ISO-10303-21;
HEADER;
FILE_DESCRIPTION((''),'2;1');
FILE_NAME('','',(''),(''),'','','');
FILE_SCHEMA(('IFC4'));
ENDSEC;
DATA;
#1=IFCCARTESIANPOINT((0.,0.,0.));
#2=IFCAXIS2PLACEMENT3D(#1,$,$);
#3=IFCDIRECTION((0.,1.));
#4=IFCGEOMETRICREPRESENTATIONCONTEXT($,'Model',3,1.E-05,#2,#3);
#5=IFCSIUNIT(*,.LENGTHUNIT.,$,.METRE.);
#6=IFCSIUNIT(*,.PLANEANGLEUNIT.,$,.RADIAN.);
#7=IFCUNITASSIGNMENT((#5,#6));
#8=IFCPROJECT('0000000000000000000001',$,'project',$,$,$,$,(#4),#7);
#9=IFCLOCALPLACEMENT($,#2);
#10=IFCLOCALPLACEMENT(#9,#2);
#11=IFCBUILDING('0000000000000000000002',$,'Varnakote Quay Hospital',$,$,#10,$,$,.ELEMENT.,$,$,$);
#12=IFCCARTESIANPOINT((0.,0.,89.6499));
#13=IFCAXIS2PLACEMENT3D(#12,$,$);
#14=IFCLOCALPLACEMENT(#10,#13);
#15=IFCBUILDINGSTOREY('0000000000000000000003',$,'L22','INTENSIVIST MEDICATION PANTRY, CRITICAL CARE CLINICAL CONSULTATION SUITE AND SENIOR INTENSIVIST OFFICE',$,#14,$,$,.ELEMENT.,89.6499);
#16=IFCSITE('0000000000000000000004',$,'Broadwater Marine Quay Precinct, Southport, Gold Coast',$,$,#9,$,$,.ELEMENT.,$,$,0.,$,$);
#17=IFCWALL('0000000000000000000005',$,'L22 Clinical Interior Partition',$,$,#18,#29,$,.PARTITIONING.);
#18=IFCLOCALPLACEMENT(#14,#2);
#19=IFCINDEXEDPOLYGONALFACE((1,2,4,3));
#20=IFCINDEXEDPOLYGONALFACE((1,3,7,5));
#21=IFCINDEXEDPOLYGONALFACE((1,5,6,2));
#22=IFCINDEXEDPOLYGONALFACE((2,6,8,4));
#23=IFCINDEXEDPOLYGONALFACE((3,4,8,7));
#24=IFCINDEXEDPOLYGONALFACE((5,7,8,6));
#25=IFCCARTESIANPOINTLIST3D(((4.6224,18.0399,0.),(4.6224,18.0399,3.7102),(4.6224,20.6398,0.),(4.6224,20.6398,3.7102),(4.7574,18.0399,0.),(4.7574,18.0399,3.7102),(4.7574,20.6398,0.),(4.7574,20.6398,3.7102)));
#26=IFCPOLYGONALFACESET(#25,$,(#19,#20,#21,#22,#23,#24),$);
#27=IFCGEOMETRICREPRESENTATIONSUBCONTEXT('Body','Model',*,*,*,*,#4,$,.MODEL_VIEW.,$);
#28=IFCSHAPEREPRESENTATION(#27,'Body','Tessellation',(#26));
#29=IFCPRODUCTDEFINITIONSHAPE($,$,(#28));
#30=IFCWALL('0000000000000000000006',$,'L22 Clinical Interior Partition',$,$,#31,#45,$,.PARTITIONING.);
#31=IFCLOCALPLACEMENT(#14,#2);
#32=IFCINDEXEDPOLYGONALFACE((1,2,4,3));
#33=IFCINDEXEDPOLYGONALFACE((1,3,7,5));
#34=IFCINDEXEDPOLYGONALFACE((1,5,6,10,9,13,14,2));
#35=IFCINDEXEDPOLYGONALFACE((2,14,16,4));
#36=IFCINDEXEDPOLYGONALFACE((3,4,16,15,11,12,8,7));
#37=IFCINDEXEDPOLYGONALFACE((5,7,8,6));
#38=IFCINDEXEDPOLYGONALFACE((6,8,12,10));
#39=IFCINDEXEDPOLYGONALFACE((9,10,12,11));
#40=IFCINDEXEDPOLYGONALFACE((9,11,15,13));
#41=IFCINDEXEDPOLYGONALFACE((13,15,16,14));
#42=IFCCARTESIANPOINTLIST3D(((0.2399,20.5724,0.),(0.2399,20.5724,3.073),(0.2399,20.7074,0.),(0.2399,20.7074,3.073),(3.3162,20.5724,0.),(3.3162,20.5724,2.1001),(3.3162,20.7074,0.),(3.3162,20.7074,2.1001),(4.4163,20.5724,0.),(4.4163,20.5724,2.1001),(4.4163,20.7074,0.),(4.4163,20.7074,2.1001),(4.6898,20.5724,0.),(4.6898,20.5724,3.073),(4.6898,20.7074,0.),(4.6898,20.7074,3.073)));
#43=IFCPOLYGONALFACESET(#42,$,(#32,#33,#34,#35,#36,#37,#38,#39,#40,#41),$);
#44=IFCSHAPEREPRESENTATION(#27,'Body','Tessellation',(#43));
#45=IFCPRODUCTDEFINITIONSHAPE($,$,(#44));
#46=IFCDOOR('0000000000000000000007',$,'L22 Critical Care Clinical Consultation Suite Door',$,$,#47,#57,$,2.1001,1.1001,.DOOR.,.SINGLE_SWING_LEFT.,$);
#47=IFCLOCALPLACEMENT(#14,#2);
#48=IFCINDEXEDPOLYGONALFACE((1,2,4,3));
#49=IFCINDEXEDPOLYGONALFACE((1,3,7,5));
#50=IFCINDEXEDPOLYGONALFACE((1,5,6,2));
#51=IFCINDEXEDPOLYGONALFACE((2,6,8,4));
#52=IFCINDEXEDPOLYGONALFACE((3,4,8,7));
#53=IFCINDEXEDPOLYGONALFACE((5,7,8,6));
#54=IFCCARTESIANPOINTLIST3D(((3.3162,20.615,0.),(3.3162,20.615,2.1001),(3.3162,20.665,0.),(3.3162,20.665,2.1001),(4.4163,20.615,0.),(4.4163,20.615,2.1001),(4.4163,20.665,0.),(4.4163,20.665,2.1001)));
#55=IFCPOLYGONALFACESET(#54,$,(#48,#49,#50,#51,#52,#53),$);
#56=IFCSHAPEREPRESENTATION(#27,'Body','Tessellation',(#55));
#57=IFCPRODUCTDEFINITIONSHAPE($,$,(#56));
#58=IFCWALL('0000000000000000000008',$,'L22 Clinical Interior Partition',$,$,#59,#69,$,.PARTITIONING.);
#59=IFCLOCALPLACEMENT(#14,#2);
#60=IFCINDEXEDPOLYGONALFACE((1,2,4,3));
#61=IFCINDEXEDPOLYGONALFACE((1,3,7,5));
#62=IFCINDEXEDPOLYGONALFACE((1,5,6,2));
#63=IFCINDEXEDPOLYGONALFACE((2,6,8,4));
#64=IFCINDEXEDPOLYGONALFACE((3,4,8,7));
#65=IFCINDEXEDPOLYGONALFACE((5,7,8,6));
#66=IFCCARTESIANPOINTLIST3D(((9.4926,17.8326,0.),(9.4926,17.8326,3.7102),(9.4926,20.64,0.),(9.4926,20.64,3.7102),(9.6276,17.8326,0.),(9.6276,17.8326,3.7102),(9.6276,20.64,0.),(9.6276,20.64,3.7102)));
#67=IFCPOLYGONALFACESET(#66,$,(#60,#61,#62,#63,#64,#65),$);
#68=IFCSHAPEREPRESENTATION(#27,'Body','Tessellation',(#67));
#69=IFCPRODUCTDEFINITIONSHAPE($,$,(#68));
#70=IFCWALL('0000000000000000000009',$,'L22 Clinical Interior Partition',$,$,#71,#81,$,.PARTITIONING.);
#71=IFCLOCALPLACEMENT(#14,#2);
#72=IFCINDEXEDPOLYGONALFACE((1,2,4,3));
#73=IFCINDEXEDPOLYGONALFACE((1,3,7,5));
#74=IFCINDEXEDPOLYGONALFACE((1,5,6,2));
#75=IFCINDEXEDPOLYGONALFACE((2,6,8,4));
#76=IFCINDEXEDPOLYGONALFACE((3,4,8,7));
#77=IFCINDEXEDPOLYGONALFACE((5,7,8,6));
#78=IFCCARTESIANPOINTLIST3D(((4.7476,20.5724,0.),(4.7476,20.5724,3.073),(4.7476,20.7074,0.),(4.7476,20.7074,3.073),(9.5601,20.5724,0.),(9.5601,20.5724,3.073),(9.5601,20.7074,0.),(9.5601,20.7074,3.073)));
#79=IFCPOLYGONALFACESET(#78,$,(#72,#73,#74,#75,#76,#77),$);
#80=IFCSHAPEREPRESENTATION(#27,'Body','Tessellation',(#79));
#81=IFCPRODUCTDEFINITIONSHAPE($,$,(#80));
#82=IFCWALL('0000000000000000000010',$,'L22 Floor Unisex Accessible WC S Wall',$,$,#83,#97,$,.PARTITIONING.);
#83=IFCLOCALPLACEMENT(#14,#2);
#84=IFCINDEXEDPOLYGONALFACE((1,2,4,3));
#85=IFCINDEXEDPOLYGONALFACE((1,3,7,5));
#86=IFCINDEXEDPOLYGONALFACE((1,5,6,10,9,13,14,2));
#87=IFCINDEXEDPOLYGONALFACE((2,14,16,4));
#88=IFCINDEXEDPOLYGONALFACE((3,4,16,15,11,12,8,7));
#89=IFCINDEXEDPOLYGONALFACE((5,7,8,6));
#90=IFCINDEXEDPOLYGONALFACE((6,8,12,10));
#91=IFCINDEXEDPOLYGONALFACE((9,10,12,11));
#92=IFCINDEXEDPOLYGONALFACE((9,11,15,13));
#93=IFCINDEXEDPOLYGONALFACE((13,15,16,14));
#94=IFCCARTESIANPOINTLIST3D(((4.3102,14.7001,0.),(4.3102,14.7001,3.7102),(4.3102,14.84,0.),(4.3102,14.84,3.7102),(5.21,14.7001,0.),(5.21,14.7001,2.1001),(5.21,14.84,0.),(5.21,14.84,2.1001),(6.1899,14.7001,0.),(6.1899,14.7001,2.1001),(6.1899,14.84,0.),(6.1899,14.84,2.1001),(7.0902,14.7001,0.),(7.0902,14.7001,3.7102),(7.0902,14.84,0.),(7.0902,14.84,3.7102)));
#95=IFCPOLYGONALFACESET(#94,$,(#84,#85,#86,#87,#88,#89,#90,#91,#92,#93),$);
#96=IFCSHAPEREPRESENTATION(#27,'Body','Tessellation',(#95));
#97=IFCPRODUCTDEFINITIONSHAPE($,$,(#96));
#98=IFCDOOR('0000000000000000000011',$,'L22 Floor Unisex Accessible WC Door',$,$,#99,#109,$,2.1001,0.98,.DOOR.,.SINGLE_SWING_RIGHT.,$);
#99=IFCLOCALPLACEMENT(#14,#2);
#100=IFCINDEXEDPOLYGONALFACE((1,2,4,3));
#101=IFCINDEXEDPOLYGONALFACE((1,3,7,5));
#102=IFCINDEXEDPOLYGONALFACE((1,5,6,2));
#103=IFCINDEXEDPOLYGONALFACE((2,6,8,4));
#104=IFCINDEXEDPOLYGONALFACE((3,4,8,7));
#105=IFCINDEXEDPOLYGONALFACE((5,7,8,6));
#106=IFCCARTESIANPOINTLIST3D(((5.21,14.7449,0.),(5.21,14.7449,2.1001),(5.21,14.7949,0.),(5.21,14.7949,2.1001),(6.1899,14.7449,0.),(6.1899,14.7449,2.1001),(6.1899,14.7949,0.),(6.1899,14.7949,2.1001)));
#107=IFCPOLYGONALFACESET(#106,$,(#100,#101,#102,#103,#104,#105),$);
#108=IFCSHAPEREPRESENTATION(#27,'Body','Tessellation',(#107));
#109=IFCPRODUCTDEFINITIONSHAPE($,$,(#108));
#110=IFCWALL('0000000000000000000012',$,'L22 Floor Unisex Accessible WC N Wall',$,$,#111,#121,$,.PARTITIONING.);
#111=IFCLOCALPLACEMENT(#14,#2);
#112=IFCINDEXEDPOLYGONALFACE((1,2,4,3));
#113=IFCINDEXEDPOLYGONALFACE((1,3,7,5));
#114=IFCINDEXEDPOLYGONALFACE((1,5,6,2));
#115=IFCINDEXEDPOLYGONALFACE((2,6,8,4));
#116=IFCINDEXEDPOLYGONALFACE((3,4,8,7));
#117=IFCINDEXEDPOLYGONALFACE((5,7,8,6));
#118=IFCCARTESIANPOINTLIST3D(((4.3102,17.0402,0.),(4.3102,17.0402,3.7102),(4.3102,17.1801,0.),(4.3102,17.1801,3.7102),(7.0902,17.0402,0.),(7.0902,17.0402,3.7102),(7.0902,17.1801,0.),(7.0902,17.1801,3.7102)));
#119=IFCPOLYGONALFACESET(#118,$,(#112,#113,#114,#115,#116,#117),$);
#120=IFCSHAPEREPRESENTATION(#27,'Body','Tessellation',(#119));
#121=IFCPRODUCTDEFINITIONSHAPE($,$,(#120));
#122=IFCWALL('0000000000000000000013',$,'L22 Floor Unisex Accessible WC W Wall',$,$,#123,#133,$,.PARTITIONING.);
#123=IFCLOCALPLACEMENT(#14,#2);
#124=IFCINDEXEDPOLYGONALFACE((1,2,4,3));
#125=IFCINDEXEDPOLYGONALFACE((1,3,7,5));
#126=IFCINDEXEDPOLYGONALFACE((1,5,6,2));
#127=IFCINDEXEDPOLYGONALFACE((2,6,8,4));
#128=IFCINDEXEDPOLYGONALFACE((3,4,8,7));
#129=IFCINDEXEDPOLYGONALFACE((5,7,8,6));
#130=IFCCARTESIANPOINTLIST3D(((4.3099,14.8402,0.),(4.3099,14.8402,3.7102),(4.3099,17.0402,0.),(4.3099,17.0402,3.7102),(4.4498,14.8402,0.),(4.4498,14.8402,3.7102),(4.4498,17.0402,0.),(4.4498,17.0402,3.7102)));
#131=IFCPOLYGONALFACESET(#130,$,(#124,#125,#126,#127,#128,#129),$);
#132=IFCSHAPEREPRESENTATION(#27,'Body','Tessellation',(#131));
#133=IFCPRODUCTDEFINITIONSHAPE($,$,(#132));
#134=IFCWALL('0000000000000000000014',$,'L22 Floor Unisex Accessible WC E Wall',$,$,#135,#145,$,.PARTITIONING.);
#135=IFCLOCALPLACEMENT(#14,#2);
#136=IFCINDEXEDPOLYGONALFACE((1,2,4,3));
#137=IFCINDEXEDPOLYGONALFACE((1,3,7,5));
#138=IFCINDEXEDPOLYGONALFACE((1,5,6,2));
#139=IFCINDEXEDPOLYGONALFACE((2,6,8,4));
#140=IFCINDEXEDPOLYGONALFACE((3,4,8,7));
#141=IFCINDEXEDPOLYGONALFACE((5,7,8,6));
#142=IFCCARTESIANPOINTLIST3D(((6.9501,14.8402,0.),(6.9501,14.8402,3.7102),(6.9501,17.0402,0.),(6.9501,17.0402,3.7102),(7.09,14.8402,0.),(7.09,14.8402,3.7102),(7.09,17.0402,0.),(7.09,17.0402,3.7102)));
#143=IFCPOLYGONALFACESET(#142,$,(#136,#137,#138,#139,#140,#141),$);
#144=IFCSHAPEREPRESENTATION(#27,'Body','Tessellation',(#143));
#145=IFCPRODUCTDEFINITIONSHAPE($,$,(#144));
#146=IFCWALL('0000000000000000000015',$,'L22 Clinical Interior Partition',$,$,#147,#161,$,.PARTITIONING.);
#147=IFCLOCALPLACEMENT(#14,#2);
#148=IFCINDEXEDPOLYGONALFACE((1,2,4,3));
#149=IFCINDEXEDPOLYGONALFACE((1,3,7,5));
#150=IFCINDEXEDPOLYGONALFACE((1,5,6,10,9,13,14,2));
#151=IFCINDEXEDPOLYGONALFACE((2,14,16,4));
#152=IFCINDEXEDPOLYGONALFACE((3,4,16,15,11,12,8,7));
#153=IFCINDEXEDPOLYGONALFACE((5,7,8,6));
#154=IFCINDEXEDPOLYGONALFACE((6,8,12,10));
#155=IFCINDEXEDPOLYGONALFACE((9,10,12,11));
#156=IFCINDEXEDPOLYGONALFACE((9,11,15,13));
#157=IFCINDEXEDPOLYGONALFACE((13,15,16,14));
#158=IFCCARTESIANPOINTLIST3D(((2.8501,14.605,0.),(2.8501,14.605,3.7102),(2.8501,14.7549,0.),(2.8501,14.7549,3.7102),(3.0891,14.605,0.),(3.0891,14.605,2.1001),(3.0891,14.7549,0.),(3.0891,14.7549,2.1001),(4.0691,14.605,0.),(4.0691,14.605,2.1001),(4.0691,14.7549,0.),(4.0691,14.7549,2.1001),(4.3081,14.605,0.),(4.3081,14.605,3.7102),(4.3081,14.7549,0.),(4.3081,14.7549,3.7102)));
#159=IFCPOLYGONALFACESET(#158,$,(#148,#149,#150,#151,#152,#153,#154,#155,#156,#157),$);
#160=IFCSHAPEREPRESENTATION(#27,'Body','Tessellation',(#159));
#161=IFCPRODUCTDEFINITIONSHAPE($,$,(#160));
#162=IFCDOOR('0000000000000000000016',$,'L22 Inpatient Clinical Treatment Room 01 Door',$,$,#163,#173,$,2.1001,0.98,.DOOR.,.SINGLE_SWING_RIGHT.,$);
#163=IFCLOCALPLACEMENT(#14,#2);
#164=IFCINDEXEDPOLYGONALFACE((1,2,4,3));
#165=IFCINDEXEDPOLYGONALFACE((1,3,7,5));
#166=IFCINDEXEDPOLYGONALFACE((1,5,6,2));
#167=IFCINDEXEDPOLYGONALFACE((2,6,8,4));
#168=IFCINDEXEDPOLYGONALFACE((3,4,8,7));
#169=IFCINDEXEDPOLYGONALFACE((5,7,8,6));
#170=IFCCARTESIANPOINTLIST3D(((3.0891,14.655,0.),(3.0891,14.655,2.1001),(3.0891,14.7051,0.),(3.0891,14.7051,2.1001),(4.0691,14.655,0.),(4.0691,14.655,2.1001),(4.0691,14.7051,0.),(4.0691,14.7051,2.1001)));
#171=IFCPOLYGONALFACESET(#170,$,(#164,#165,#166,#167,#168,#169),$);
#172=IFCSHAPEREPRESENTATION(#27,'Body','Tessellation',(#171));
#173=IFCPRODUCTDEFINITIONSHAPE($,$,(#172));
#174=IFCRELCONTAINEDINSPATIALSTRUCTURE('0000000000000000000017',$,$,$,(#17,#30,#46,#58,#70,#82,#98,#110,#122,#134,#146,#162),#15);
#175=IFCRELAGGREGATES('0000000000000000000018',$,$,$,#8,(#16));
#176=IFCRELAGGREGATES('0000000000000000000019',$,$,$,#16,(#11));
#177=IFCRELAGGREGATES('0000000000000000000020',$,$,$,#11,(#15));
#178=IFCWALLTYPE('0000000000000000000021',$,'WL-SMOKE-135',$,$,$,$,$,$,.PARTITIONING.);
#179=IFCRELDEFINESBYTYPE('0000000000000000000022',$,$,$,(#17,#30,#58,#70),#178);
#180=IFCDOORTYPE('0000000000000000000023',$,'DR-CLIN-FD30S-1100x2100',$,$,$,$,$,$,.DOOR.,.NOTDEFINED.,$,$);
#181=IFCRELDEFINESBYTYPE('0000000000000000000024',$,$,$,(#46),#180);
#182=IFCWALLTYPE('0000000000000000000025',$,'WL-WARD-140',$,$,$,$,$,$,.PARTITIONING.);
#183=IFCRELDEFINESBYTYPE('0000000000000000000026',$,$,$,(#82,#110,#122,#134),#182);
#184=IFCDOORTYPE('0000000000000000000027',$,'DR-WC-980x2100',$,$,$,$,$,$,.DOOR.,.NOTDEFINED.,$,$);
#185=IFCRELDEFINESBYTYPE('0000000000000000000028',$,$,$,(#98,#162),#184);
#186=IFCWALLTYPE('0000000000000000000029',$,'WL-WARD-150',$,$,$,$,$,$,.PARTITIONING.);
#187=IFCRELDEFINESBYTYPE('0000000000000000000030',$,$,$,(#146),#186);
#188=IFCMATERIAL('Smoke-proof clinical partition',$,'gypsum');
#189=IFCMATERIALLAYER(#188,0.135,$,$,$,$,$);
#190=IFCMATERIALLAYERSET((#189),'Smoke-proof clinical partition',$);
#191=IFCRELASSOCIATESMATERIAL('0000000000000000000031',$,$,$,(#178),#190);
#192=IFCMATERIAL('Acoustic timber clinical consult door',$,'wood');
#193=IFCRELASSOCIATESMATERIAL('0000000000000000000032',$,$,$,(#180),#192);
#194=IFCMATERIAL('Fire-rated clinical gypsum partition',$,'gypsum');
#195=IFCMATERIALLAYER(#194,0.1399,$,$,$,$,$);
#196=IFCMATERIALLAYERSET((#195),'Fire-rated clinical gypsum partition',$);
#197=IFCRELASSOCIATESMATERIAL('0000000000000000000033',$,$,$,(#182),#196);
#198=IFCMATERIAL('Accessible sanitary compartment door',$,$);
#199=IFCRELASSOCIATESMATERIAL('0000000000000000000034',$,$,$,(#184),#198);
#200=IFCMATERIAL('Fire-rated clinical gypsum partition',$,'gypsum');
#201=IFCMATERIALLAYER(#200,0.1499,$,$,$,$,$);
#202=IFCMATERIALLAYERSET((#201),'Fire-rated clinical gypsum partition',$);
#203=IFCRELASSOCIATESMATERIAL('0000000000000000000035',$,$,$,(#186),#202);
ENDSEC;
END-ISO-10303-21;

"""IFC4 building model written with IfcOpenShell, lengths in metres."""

from ifc_helpers import new_model, si_unit, direction, frame, frame_2d, origin, place, context, subcontext, project, spatial, rectangle, extrude, material, layer, layer_set, type_object, element, fill, save


model = new_model("IFC4")

# Units and contexts
model_context = context("Model", 3, precision=1e-05, world=origin(), true_north=direction((0.0, 1.0)))
body_context = subcontext(model_context, "Body", "Model", "MODEL_VIEW")
ifc_project = project(units=[si_unit("LENGTHUNIT", "METRE"), si_unit("PLANEANGLEUNIT", "RADIAN")], contexts=[model_context])

# Site, building, storey
site_placement = place(None, origin())
site = spatial("IfcSite", under=ifc_project, at=site_placement, Name="Broadwater Marine Quay Precinct, Southport, Gold Coast", CompositionType="ELEMENT", RefElevation=0.0)
building_placement = place(site_placement, origin())
building = spatial("IfcBuilding", under=site, at=building_placement, Name="Varnakote Quay Hospital", CompositionType="ELEMENT")
storey_placement = place(building_placement, frame((0.0, 0.0, 89.6499)))
storey = spatial("IfcBuildingStorey", under=building, at=storey_placement, Name="L22", Description="INTENSIVIST MEDICATION PANTRY, CRITICAL CARE CLINICAL CONSULTATION SUITE AND SENIOR INTENSIVIST OFFICE", CompositionType="ELEMENT", Elevation=89.6499)

# Wall
ifc_material_1 = material(Name="Smoke-proof clinical partition", Category="gypsum")
ifc_layer_1 = layer(ifc_material_1, 0.135)
ifc_layer_set_1 = layer_set([ifc_layer_1], Name="Smoke-proof clinical partition")
wall_type_1 = type_object("IfcWallType", Name="WL-SMOKE-135", PredefinedType="PARTITIONING", material=ifc_layer_set_1)
wall_1_placement = place(storey_placement, frame((4.6899, 18.04, 0.0), z_axis=(0.0, 0.0, 1.0), x_axis=(0.0, 1.0, 0.0)))
element("IfcWall", 1, at=wall_1_placement, inside=storey, type_object=wall_type_1, Name="L22 Clinical Interior Partition", PredefinedType="PARTITIONING", context=body_context, shape_type="SweptSolid", body=[
    extrude(rectangle(XDim=2.5999, YDim=0.135, at=frame_2d((1.2998, 0.0))), origin(), (0.0, 0.0, 1.0), 3.7102),
])

# Wall, opening, door
wall_2_placement = place(storey_placement, frame((4.6899, 20.6399, 0.0), z_axis=(0.0, 0.0, 1.0), x_axis=(-1.0, 0.0, 0.0)))
wall_2 = element("IfcWall", 2, at=wall_2_placement, inside=storey, type_object=wall_type_1, Name="L22 Clinical Interior Partition", PredefinedType="PARTITIONING", context=body_context, shape_type="SweptSolid", body=[
    extrude(rectangle(XDim=4.45, YDim=0.135, at=frame_2d((2.2251, 0.0))), origin(), (0.0, 0.0, 1.0), 3.073),
])
opening_1_placement = place(wall_2_placement, frame((0.2737, 0.0, 0.0)))
opening_1 = element("IfcOpeningElement", 3, at=opening_1_placement, cuts=wall_2, PredefinedType="OPENING", context=body_context, shape_type="SweptSolid", body=[
    extrude(rectangle(XDim=1.1001, YDim=2.1001, at=frame_2d((0.55, 1.05))), frame((0.0, 0.0774, 0.0), z_axis=(0.0, -1.0, 0.0), x_axis=(1.0, 0.0, 0.0)), (0.0, 0.0, 1.0), 0.155),
])
ifc_material_2 = material(Name="Acoustic timber clinical consult door", Category="wood")
door_type_1 = type_object("IfcDoorType", Name="DR-CLIN-FD30S-1100x2100", OperationType="NOTDEFINED", PredefinedType="DOOR", material=ifc_material_2)
door_1_placement = place(opening_1_placement, origin())
door_1 = element("IfcDoor", 4, at=door_1_placement, inside=storey, type_object=door_type_1, Name="L22 Critical Care Clinical Consultation Suite Door", OperationType="SINGLE_SWING_LEFT", OverallHeight=2.1001, OverallWidth=1.1001, PredefinedType="DOOR", context=body_context, shape_type="SweptSolid", body=[
    extrude(rectangle(XDim=1.1001, YDim=2.1001, at=frame_2d((0.55, 1.05))), frame((0.0, 0.0249, 0.0), z_axis=(0.0, -1.0, 0.0), x_axis=(1.0, 0.0, 0.0)), (0.0, 0.0, 1.0), 0.05),
])
fill(opening_1, door_1)

# Walls
wall_3_placement = place(storey_placement, frame((9.5601, 17.8325, 0.0), z_axis=(0.0, 0.0, 1.0), x_axis=(0.0, 1.0, 0.0)))
element("IfcWall", 5, at=wall_3_placement, inside=storey, type_object=wall_type_1, Name="L22 Clinical Interior Partition", PredefinedType="PARTITIONING", context=body_context, shape_type="SweptSolid", body=[
    extrude(rectangle(XDim=2.8074, YDim=0.135, at=frame_2d((1.4038, 0.0))), origin(), (0.0, 0.0, 1.0), 3.7102),
])
wall_4_placement = place(storey_placement, frame((9.5601, 20.6399, 0.0), z_axis=(0.0, 0.0, 1.0), x_axis=(-1.0, 0.0, 0.0)))
element("IfcWall", 6, at=wall_4_placement, inside=storey, type_object=wall_type_1, Name="L22 Clinical Interior Partition", PredefinedType="PARTITIONING", context=body_context, shape_type="SweptSolid", body=[
    extrude(rectangle(XDim=4.8125, YDim=0.135, at=frame_2d((2.4062, 0.0))), origin(), (0.0, 0.0, 1.0), 3.073),
])

# Wall, opening, door
ifc_material_3 = material(Name="Fire-rated clinical gypsum partition", Category="gypsum")
ifc_layer_2 = layer(ifc_material_3, 0.1399)
ifc_layer_set_2 = layer_set([ifc_layer_2], Name="Fire-rated clinical gypsum partition")
wall_type_2 = type_object("IfcWallType", Name="WL-WARD-140", PredefinedType="PARTITIONING", material=ifc_layer_set_2)
wall_5_placement = place(storey_placement, frame((4.3101, 14.77, 0.0), z_axis=(0.0, 0.0, 1.0), x_axis=(1.0, 0.0, 0.0)))
wall_5 = element("IfcWall", 7, at=wall_5_placement, inside=storey, type_object=wall_type_2, Name="L22 Floor Unisex Accessible WC S Wall", PredefinedType="PARTITIONING", context=body_context, shape_type="SweptSolid", body=[
    extrude(rectangle(XDim=2.78, YDim=0.1399, at=frame_2d((1.3901, 0.0))), origin(), (0.0, 0.0, 1.0), 3.7102),
])
opening_2_placement = place(wall_5_placement, frame((0.8999, 0.0, 0.0)))
opening_2 = element("IfcOpeningElement", 8, at=opening_2_placement, cuts=wall_5, PredefinedType="OPENING", context=body_context, shape_type="SweptSolid", body=[
    extrude(rectangle(XDim=0.98, YDim=2.1001, at=frame_2d((0.49, 1.05))), frame((0.0, 0.0798, 0.0), z_axis=(0.0, -1.0, 0.0), x_axis=(1.0, 0.0, 0.0)), (0.0, 0.0, 1.0), 0.1599),
])
ifc_material_4 = material(Name="Accessible sanitary compartment door")
door_type_2 = type_object("IfcDoorType", Name="DR-WC-980x2100", OperationType="NOTDEFINED", PredefinedType="DOOR", material=ifc_material_4)
door_2_placement = place(opening_2_placement, origin())
door_2 = element("IfcDoor", 9, at=door_2_placement, inside=storey, type_object=door_type_2, Name="L22 Floor Unisex Accessible WC Door", OperationType="SINGLE_SWING_RIGHT", OverallHeight=2.1001, OverallWidth=0.98, PredefinedType="DOOR", context=body_context, shape_type="SweptSolid", body=[
    extrude(rectangle(XDim=0.98, YDim=2.1001, at=frame_2d((0.49, 1.05))), frame((0.0, 0.0249, 0.0), z_axis=(0.0, -1.0, 0.0), x_axis=(1.0, 0.0, 0.0)), (0.0, 0.0, 1.0), 0.05),
])
fill(opening_2, door_2)

# Walls
wall_6_placement = place(storey_placement, frame((4.3101, 17.1101, 0.0), z_axis=(0.0, 0.0, 1.0), x_axis=(1.0, 0.0, 0.0)))
element("IfcWall", 10, at=wall_6_placement, inside=storey, type_object=wall_type_2, Name="L22 Floor Unisex Accessible WC N Wall", PredefinedType="PARTITIONING", context=body_context, shape_type="SweptSolid", body=[
    extrude(rectangle(XDim=2.78, YDim=0.1399, at=frame_2d((1.3901, 0.0))), origin(), (0.0, 0.0, 1.0), 3.7102),
])
for number, where, z_axis, x_axis, name in (
    (11, (4.3799, 14.8401, 0.0), (0.0, 0.0, 1.0), (0.0, 1.0, 0.0), "L22 Floor Unisex Accessible WC W Wall"),
    (12, (7.02, 14.8401, 0.0), (0.0, 0.0, 1.0), (0.0, 1.0, 0.0), "L22 Floor Unisex Accessible WC E Wall"),
):
    element("IfcWall", number, at=place(storey_placement, frame(where, z_axis=z_axis, x_axis=x_axis)), inside=storey, type_object=wall_type_2, Name=name, PredefinedType="PARTITIONING", context=body_context, shape_type="SweptSolid", body=[
        extrude(rectangle(XDim=2.2, YDim=0.1399, at=frame_2d((1.1001, 0.0))), origin(), (0.0, 0.0, 1.0), 3.7102),
    ])

# Wall, opening, door
ifc_material_5 = material(Name="Fire-rated clinical gypsum partition", Category="gypsum")
ifc_layer_3 = layer(ifc_material_5, 0.1499)
ifc_layer_set_3 = layer_set([ifc_layer_3], Name="Fire-rated clinical gypsum partition")
wall_type_3 = type_object("IfcWallType", Name="WL-WARD-150", PredefinedType="PARTITIONING", material=ifc_layer_set_3)
wall_7_placement = place(storey_placement, frame((4.3081, 14.6799, 0.0), z_axis=(0.0, 0.0, 1.0), x_axis=(-1.0, 0.0, 0.0)))
wall_7 = element("IfcWall", 13, at=wall_7_placement, inside=storey, type_object=wall_type_3, Name="L22 Clinical Interior Partition", PredefinedType="PARTITIONING", context=body_context, shape_type="SweptSolid", body=[
    extrude(rectangle(XDim=1.458, YDim=0.1499, at=frame_2d((0.729, 0.0))), origin(), (0.0, 0.0, 1.0), 3.7102),
])
opening_3_placement = place(wall_7_placement, frame((0.239, 0.0, 0.0)))
opening_3 = element("IfcOpeningElement", 14, at=opening_3_placement, cuts=wall_7, PredefinedType="OPENING", context=body_context, shape_type="SweptSolid", body=[
    extrude(rectangle(XDim=0.98, YDim=2.1001, at=frame_2d((0.49, 1.05))), frame((0.0, 0.085, 0.0), z_axis=(0.0, -1.0, 0.0), x_axis=(1.0, 0.0, 0.0)), (0.0, 0.0, 1.0), 0.1699),
])
door_3_placement = place(opening_3_placement, origin())
door_3 = element("IfcDoor", 15, at=door_3_placement, inside=storey, type_object=door_type_2, Name="L22 Inpatient Clinical Treatment Room 01 Door", OperationType="SINGLE_SWING_RIGHT", OverallHeight=2.1001, OverallWidth=0.98, PredefinedType="DOOR", context=body_context, shape_type="SweptSolid", body=[
    extrude(rectangle(XDim=0.98, YDim=2.1001, at=frame_2d((0.49, 1.05))), frame((0.0, 0.0249, 0.0), z_axis=(0.0, -1.0, 0.0), x_axis=(1.0, 0.0, 0.0)), (0.0, 0.0, 1.0), 0.05),
])
fill(opening_3, door_3)

save(model, "model.ifc")
